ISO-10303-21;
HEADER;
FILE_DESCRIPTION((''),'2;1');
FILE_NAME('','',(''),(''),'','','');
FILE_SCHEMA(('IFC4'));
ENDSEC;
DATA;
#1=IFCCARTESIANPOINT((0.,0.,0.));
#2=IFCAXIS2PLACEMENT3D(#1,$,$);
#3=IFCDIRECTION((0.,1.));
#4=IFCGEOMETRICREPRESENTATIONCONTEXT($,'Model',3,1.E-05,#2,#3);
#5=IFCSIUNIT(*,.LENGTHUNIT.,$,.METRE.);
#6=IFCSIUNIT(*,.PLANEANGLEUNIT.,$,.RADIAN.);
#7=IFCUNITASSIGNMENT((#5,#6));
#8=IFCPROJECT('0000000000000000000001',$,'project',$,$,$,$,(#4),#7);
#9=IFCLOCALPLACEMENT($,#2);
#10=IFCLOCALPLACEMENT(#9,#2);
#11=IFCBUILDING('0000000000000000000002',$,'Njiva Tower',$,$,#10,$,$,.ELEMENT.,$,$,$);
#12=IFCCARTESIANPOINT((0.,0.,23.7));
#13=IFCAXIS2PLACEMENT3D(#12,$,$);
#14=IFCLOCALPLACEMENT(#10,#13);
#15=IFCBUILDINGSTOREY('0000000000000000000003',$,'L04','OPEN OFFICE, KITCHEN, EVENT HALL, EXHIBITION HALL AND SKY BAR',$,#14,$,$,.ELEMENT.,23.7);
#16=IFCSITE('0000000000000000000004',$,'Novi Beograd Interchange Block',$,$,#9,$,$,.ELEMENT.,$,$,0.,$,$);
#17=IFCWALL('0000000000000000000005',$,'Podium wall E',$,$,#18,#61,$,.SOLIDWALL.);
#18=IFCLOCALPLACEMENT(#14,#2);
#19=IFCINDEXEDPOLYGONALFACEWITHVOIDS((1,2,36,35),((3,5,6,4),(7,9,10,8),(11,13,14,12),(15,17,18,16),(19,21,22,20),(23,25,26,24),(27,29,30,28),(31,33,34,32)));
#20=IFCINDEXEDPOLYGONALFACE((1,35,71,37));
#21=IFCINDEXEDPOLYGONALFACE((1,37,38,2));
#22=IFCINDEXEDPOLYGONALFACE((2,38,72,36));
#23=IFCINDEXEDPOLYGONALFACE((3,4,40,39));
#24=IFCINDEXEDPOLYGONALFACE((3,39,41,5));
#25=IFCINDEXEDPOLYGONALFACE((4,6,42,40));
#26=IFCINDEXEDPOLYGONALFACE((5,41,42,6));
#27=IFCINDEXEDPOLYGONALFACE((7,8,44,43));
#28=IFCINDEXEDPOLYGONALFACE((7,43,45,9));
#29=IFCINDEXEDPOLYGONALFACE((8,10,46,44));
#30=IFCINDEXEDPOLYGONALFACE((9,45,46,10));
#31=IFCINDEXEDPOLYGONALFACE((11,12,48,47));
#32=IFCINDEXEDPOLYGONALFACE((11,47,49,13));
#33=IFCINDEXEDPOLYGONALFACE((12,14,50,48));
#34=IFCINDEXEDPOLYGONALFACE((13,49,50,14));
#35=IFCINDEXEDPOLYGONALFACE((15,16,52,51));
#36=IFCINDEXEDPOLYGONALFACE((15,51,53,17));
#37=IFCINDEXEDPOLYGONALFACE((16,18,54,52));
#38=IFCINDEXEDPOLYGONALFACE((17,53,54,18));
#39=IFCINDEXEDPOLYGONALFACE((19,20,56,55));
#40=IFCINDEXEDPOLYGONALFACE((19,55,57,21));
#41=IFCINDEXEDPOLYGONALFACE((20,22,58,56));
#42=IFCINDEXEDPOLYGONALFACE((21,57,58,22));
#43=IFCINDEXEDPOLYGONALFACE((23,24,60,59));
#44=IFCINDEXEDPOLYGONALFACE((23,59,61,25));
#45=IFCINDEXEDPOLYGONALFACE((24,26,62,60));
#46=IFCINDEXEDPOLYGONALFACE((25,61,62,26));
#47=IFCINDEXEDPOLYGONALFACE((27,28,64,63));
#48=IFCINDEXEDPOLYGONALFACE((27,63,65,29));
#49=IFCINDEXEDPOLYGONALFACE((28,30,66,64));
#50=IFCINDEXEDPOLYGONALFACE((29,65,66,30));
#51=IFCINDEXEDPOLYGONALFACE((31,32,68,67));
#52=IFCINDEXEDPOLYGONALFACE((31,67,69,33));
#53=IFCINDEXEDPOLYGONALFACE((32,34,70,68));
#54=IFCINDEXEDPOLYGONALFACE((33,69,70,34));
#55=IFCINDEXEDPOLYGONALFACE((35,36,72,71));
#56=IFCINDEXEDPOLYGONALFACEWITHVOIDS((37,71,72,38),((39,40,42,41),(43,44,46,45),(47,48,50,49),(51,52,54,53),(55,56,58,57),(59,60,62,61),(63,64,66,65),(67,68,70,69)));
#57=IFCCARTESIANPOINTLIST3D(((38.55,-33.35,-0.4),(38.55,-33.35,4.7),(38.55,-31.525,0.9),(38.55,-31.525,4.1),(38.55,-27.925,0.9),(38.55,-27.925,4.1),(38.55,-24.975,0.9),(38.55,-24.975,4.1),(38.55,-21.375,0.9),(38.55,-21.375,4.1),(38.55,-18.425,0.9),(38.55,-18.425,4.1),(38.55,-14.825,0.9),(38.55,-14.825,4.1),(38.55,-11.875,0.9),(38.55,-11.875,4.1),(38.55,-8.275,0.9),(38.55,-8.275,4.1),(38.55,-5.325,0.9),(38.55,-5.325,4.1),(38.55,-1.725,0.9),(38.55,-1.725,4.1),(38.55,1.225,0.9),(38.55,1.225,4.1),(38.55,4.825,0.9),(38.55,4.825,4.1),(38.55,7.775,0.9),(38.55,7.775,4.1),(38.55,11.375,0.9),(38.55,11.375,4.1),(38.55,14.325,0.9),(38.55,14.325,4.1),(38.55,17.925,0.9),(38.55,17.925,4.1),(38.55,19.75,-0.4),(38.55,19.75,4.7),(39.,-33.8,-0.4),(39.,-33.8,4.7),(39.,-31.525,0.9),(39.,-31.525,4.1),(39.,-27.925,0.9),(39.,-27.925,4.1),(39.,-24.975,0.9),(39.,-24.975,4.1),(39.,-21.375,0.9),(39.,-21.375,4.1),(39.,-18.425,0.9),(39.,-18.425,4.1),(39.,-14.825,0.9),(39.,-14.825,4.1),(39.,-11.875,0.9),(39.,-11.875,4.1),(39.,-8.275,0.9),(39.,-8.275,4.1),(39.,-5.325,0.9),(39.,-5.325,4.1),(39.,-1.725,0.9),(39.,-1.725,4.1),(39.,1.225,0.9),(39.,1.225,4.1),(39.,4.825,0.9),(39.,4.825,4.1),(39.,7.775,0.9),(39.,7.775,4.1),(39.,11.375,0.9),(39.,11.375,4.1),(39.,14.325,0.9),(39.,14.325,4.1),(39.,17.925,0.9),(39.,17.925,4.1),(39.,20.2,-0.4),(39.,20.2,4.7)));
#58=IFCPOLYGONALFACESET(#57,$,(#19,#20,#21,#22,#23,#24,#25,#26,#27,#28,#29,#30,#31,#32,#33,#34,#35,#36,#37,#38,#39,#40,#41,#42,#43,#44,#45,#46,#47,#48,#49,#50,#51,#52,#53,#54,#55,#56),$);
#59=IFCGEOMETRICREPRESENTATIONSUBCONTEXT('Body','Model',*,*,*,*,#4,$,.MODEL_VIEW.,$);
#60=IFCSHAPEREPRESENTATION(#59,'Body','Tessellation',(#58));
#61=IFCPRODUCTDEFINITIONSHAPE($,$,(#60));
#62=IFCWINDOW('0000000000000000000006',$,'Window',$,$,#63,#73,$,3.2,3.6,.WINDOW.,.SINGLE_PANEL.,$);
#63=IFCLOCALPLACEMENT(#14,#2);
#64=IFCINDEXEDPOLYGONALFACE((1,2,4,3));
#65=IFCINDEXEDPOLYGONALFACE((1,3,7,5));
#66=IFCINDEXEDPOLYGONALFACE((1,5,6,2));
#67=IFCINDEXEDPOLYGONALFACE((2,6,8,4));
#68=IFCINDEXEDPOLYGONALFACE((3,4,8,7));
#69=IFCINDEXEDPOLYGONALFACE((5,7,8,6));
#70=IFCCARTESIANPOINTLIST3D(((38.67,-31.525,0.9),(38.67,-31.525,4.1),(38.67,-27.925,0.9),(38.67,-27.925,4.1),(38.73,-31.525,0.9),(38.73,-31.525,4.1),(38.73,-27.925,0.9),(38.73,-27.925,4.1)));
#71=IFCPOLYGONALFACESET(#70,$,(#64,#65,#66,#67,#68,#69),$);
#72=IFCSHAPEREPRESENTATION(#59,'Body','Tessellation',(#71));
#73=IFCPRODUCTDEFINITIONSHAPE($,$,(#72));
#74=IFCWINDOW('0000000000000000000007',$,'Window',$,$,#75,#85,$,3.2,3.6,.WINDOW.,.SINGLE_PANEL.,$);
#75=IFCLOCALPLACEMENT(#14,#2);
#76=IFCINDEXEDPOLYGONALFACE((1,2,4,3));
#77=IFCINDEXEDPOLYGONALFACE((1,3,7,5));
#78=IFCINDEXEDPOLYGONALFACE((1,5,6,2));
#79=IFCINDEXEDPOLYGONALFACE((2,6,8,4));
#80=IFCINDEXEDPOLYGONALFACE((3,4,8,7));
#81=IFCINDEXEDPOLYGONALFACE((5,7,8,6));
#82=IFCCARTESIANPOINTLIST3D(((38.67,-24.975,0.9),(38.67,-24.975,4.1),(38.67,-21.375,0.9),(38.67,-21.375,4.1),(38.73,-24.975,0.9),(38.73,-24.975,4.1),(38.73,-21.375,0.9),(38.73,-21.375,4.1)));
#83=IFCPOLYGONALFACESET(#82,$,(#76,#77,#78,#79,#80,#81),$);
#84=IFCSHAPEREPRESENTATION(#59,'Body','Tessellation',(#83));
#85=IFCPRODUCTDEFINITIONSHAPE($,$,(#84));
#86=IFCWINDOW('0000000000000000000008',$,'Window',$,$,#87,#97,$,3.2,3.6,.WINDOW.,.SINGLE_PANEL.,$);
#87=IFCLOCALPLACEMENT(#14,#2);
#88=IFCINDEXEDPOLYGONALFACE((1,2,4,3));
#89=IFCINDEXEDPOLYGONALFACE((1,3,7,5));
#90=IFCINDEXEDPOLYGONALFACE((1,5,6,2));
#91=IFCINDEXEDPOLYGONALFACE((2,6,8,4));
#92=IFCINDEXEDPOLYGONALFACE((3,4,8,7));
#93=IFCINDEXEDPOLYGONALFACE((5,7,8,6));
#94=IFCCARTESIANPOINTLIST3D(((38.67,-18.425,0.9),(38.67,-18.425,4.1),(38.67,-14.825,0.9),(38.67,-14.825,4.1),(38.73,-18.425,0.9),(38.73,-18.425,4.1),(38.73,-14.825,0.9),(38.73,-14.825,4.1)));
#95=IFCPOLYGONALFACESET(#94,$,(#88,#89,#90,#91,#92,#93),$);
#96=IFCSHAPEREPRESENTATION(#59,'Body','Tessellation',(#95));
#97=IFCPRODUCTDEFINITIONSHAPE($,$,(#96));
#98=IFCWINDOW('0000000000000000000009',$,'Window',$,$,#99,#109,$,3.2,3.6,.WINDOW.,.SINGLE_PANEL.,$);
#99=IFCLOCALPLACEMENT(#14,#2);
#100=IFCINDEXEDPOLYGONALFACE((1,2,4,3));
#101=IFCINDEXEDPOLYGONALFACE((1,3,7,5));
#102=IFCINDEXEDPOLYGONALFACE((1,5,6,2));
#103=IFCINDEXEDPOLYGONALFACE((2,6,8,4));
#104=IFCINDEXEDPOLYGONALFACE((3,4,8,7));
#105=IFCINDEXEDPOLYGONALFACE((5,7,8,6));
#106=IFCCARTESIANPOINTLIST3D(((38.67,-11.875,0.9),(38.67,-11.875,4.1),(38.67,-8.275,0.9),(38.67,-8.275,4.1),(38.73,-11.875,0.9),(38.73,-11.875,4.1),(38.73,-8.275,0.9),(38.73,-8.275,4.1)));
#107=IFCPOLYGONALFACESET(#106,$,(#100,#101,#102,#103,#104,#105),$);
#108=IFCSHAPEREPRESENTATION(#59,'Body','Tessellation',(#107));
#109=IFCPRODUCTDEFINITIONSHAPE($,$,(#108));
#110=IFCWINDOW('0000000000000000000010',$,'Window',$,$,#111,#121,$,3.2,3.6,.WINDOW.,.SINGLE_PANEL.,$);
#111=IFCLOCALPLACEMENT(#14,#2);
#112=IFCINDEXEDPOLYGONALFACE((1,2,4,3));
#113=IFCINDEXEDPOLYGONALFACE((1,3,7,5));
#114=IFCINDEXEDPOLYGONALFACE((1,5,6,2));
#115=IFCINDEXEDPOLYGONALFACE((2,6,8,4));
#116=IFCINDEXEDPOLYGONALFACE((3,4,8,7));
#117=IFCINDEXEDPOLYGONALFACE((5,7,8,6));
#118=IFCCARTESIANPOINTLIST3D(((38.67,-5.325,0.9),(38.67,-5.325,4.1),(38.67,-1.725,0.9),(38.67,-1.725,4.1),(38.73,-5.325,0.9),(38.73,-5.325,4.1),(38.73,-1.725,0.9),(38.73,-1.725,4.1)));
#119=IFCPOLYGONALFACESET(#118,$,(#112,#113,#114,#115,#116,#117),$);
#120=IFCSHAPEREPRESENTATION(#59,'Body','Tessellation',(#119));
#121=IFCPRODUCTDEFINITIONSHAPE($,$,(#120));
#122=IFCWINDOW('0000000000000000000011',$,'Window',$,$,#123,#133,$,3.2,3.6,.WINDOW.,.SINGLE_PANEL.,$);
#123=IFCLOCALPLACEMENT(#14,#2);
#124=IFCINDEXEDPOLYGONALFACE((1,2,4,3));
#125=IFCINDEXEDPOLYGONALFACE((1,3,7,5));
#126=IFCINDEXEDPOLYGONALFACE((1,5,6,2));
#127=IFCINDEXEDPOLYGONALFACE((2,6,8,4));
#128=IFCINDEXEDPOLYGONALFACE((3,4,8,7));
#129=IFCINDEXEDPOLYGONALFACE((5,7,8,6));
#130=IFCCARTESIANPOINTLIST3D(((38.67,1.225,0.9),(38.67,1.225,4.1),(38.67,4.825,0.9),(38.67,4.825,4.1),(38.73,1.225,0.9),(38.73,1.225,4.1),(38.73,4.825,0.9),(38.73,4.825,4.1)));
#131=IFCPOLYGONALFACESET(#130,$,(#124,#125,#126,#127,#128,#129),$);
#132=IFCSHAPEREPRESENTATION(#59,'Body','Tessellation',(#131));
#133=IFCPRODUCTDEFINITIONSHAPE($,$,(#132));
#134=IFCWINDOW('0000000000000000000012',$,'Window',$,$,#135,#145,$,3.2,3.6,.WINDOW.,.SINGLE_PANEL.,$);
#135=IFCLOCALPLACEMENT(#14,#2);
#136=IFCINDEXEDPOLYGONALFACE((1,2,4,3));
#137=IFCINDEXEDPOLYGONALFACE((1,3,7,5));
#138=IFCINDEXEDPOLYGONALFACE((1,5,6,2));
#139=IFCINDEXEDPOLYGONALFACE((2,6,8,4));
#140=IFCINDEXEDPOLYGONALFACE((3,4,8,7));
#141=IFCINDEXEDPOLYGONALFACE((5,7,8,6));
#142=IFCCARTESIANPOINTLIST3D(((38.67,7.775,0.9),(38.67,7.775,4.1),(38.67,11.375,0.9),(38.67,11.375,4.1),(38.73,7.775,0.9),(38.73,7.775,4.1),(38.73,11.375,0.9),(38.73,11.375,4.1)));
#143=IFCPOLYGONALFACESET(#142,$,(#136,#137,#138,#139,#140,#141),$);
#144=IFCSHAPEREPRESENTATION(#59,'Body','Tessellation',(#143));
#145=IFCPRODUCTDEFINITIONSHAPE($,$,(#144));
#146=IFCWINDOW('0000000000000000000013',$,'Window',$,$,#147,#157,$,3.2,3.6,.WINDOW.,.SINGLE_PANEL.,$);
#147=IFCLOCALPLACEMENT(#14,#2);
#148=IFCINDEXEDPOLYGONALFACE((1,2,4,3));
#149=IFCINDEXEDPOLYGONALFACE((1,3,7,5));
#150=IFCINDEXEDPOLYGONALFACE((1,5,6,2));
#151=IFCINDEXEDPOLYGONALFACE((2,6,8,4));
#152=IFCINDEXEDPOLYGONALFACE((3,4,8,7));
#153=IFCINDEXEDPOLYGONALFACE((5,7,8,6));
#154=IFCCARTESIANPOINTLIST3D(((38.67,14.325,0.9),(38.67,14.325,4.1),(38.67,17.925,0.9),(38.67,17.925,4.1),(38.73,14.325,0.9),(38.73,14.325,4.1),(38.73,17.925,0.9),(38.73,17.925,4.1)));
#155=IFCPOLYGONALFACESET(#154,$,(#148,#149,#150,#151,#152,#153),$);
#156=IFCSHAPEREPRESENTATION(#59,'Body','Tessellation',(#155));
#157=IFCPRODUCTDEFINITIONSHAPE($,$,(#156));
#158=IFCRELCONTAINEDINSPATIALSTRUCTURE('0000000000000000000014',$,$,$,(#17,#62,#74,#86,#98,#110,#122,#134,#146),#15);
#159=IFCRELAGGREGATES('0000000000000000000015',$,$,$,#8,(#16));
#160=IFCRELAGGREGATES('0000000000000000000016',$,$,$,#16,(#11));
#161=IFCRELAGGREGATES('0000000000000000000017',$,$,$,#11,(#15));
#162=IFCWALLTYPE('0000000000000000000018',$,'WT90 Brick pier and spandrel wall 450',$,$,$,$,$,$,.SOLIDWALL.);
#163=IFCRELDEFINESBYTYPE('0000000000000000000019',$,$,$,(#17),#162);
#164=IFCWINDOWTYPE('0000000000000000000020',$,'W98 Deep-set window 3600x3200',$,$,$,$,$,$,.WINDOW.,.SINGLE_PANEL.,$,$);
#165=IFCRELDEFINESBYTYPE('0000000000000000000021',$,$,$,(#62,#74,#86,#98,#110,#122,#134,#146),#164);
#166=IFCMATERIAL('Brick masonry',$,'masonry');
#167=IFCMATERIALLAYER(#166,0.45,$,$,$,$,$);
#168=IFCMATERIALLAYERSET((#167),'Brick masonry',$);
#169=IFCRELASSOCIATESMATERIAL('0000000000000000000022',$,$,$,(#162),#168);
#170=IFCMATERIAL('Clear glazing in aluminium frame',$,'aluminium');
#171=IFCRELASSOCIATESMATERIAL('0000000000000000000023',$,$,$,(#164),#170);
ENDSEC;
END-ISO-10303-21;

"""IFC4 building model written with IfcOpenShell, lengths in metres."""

from ifc_helpers import new_model, si_unit, direction, frame, frame_2d, origin, place, context, subcontext, project, spatial, polyline, rectangle, outline, extrude, material, layer, layer_set, type_object, element, fill, save


model = new_model("IFC4")

# Units and contexts
model_context = context("Model", 3, precision=1e-05, world=origin(), true_north=direction((0.0, 1.0)))
body_context = subcontext(model_context, "Body", "Model", "MODEL_VIEW")
ifc_project = project(units=[si_unit("LENGTHUNIT", "METRE"), si_unit("PLANEANGLEUNIT", "RADIAN")], contexts=[model_context])

# Site, building, storey
site_placement = place(None, origin())
site = spatial("IfcSite", under=ifc_project, at=site_placement, Name="Novi Beograd Interchange Block", CompositionType="ELEMENT", RefElevation=0.0)
building_placement = place(site_placement, origin())
building = spatial("IfcBuilding", under=site, at=building_placement, Name="Njiva Tower", CompositionType="ELEMENT")
storey_placement = place(building_placement, frame((0.0, 0.0, 23.7)))
storey = spatial("IfcBuildingStorey", under=building, at=storey_placement, Name="L04", Description="OPEN OFFICE, KITCHEN, EVENT HALL, EXHIBITION HALL AND SKY BAR", CompositionType="ELEMENT", Elevation=23.7)

# Wall, openings, windows
ifc_material_1 = material(Name="Brick masonry", Category="masonry")
ifc_layer_1 = layer(ifc_material_1, 0.45)
ifc_layer_set_1 = layer_set([ifc_layer_1], Name="Brick masonry")
wall_type_1 = type_object("IfcWallType", Name="WT90 Brick pier and spandrel wall 450", PredefinedType="SOLIDWALL", material=ifc_layer_set_1)
wall_1_placement = place(storey_placement, frame((38.775, -33.575, -0.4), z_axis=(0.0, 0.0, 1.0), x_axis=(0.0, 1.0, 0.0)))
wall_1 = element("IfcWall", 1, at=wall_1_placement, inside=storey, type_object=wall_type_1, Name="Podium wall E", PredefinedType="SOLIDWALL", context=body_context, shape_type="SweptSolid", body=[
    extrude(outline(polyline([(-0.225, -0.225), (53.775, -0.225), (53.325, 0.225), (0.225, 0.225), (-0.225, -0.225)])), origin(), (0.0, 0.0, 1.0), 5.1),
])
opening_1_placement = place(wall_1_placement, frame((2.05, 0.0, 1.3)))
opening_1 = element("IfcOpeningElement", 2, at=opening_1_placement, cuts=wall_1, PredefinedType="OPENING", context=body_context, shape_type="SweptSolid", body=[
    extrude(rectangle(XDim=3.6, YDim=3.2, at=frame_2d((1.8, 1.6))), frame((0.0, 0.235, 0.0), z_axis=(0.0, -1.0, 0.0), x_axis=(1.0, 0.0, 0.0)), (0.0, 0.0, 1.0), 0.47),
])
opening_2_placement = place(wall_1_placement, frame((8.6, 0.0, 1.3)))
opening_2 = element("IfcOpeningElement", 3, at=opening_2_placement, cuts=wall_1, PredefinedType="OPENING", context=body_context, shape_type="SweptSolid", body=[
    extrude(rectangle(XDim=3.6, YDim=3.2, at=frame_2d((1.8, 1.6))), frame((0.0, 0.235, 0.0), z_axis=(0.0, -1.0, 0.0), x_axis=(1.0, 0.0, 0.0)), (0.0, 0.0, 1.0), 0.47),
])
opening_3_placement = place(wall_1_placement, frame((15.15, 0.0, 1.3)))
opening_3 = element("IfcOpeningElement", 4, at=opening_3_placement, cuts=wall_1, PredefinedType="OPENING", context=body_context, shape_type="SweptSolid", body=[
    extrude(rectangle(XDim=3.6, YDim=3.2, at=frame_2d((1.8, 1.6))), frame((0.0, 0.235, 0.0), z_axis=(0.0, -1.0, 0.0), x_axis=(1.0, 0.0, 0.0)), (0.0, 0.0, 1.0), 0.47),
])
opening_4_placement = place(wall_1_placement, frame((21.7, 0.0, 1.3)))
opening_4 = element("IfcOpeningElement", 5, at=opening_4_placement, cuts=wall_1, PredefinedType="OPENING", context=body_context, shape_type="SweptSolid", body=[
    extrude(rectangle(XDim=3.6, YDim=3.2, at=frame_2d((1.8, 1.6))), frame((0.0, 0.235, 0.0), z_axis=(0.0, -1.0, 0.0), x_axis=(1.0, 0.0, 0.0)), (0.0, 0.0, 1.0), 0.47),
])
opening_5_placement = place(wall_1_placement, frame((28.25, 0.0, 1.3)))
opening_5 = element("IfcOpeningElement", 6, at=opening_5_placement, cuts=wall_1, PredefinedType="OPENING", context=body_context, shape_type="SweptSolid", body=[
    extrude(rectangle(XDim=3.6, YDim=3.2, at=frame_2d((1.8, 1.6))), frame((0.0, 0.235, 0.0), z_axis=(0.0, -1.0, 0.0), x_axis=(1.0, 0.0, 0.0)), (0.0, 0.0, 1.0), 0.47),
])
opening_6_placement = place(wall_1_placement, frame((34.8, 0.0, 1.3)))
opening_6 = element("IfcOpeningElement", 7, at=opening_6_placement, cuts=wall_1, PredefinedType="OPENING", context=body_context, shape_type="SweptSolid", body=[
    extrude(rectangle(XDim=3.6, YDim=3.2, at=frame_2d((1.8, 1.6))), frame((0.0, 0.235, 0.0), z_axis=(0.0, -1.0, 0.0), x_axis=(1.0, 0.0, 0.0)), (0.0, 0.0, 1.0), 0.47),
])
opening_7_placement = place(wall_1_placement, frame((41.35, 0.0, 1.3)))
opening_7 = element("IfcOpeningElement", 8, at=opening_7_placement, cuts=wall_1, PredefinedType="OPENING", context=body_context, shape_type="SweptSolid", body=[
    extrude(rectangle(XDim=3.6, YDim=3.2, at=frame_2d((1.8, 1.6))), frame((0.0, 0.235, 0.0), z_axis=(0.0, -1.0, 0.0), x_axis=(1.0, 0.0, 0.0)), (0.0, 0.0, 1.0), 0.47),
])
opening_8_placement = place(wall_1_placement, frame((47.9, 0.0, 1.3)))
opening_8 = element("IfcOpeningElement", 9, at=opening_8_placement, cuts=wall_1, PredefinedType="OPENING", context=body_context, shape_type="SweptSolid", body=[
    extrude(rectangle(XDim=3.6, YDim=3.2, at=frame_2d((1.8, 1.6))), frame((0.0, 0.235, 0.0), z_axis=(0.0, -1.0, 0.0), x_axis=(1.0, 0.0, 0.0)), (0.0, 0.0, 1.0), 0.47),
])
ifc_material_2 = material(Name="Clear glazing in aluminium frame", Category="aluminium")
window_type = type_object("IfcWindowType", Name="W98 Deep-set window 3600x3200", PartitioningType="SINGLE_PANEL", PredefinedType="WINDOW", material=ifc_material_2)
window_1_placement = place(opening_1_placement, origin())
window_1 = element("IfcWindow", 10, at=window_1_placement, inside=storey, type_object=window_type, Name="Window", OverallHeight=3.2, OverallWidth=3.6, PartitioningType="SINGLE_PANEL", PredefinedType="WINDOW", context=body_context, shape_type="SweptSolid", body=[
    extrude(rectangle(XDim=3.6, YDim=3.2, at=frame_2d((1.8, 1.6))), frame((0.0, 0.105, 0.0), z_axis=(0.0, -1.0, 0.0), x_axis=(1.0, 0.0, 0.0)), (0.0, 0.0, 1.0), 0.06),
])
fill(opening_1, window_1)
window_2_placement = place(opening_2_placement, origin())
window_2 = element("IfcWindow", 11, at=window_2_placement, inside=storey, type_object=window_type, Name="Window", OverallHeight=3.2, OverallWidth=3.6, PartitioningType="SINGLE_PANEL", PredefinedType="WINDOW", context=body_context, shape_type="SweptSolid", body=[
    extrude(rectangle(XDim=3.6, YDim=3.2, at=frame_2d((1.8, 1.6))), frame((0.0, 0.105, 0.0), z_axis=(0.0, -1.0, 0.0), x_axis=(1.0, 0.0, 0.0)), (0.0, 0.0, 1.0), 0.06),
])
fill(opening_2, window_2)
window_3_placement = place(opening_3_placement, origin())
window_3 = element("IfcWindow", 12, at=window_3_placement, inside=storey, type_object=window_type, Name="Window", OverallHeight=3.2, OverallWidth=3.6, PartitioningType="SINGLE_PANEL", PredefinedType="WINDOW", context=body_context, shape_type="SweptSolid", body=[
    extrude(rectangle(XDim=3.6, YDim=3.2, at=frame_2d((1.8, 1.6))), frame((0.0, 0.105, 0.0), z_axis=(0.0, -1.0, 0.0), x_axis=(1.0, 0.0, 0.0)), (0.0, 0.0, 1.0), 0.06),
])
fill(opening_3, window_3)
window_4_placement = place(opening_4_placement, origin())
window_4 = element("IfcWindow", 13, at=window_4_placement, inside=storey, type_object=window_type, Name="Window", OverallHeight=3.2, OverallWidth=3.6, PartitioningType="SINGLE_PANEL", PredefinedType="WINDOW", context=body_context, shape_type="SweptSolid", body=[
    extrude(rectangle(XDim=3.6, YDim=3.2, at=frame_2d((1.8, 1.6))), frame((0.0, 0.105, 0.0), z_axis=(0.0, -1.0, 0.0), x_axis=(1.0, 0.0, 0.0)), (0.0, 0.0, 1.0), 0.06),
])
fill(opening_4, window_4)
window_5_placement = place(opening_5_placement, origin())
window_5 = element("IfcWindow", 14, at=window_5_placement, inside=storey, type_object=window_type, Name="Window", OverallHeight=3.2, OverallWidth=3.6, PartitioningType="SINGLE_PANEL", PredefinedType="WINDOW", context=body_context, shape_type="SweptSolid", body=[
    extrude(rectangle(XDim=3.6, YDim=3.2, at=frame_2d((1.8, 1.6))), frame((0.0, 0.105, 0.0), z_axis=(0.0, -1.0, 0.0), x_axis=(1.0, 0.0, 0.0)), (0.0, 0.0, 1.0), 0.06),
])
fill(opening_5, window_5)
window_6_placement = place(opening_6_placement, origin())
window_6 = element("IfcWindow", 15, at=window_6_placement, inside=storey, type_object=window_type, Name="Window", OverallHeight=3.2, OverallWidth=3.6, PartitioningType="SINGLE_PANEL", PredefinedType="WINDOW", context=body_context, shape_type="SweptSolid", body=[
    extrude(rectangle(XDim=3.6, YDim=3.2, at=frame_2d((1.8, 1.6))), frame((0.0, 0.105, 0.0), z_axis=(0.0, -1.0, 0.0), x_axis=(1.0, 0.0, 0.0)), (0.0, 0.0, 1.0), 0.06),
])
fill(opening_6, window_6)
window_7_placement = place(opening_7_placement, origin())
window_7 = element("IfcWindow", 16, at=window_7_placement, inside=storey, type_object=window_type, Name="Window", OverallHeight=3.2, OverallWidth=3.6, PartitioningType="SINGLE_PANEL", PredefinedType="WINDOW", context=body_context, shape_type="SweptSolid", body=[
    extrude(rectangle(XDim=3.6, YDim=3.2, at=frame_2d((1.8, 1.6))), frame((0.0, 0.105, 0.0), z_axis=(0.0, -1.0, 0.0), x_axis=(1.0, 0.0, 0.0)), (0.0, 0.0, 1.0), 0.06),
])
fill(opening_7, window_7)
window_8_placement = place(opening_8_placement, origin())
window_8 = element("IfcWindow", 17, at=window_8_placement, inside=storey, type_object=window_type, Name="Window", OverallHeight=3.2, OverallWidth=3.6, PartitioningType="SINGLE_PANEL", PredefinedType="WINDOW", context=body_context, shape_type="SweptSolid", body=[
    extrude(rectangle(XDim=3.6, YDim=3.2, at=frame_2d((1.8, 1.6))), frame((0.0, 0.105, 0.0), z_axis=(0.0, -1.0, 0.0), x_axis=(1.0, 0.0, 0.0)), (0.0, 0.0, 1.0), 0.06),
])
fill(opening_8, window_8)

save(model, "model.ifc")
